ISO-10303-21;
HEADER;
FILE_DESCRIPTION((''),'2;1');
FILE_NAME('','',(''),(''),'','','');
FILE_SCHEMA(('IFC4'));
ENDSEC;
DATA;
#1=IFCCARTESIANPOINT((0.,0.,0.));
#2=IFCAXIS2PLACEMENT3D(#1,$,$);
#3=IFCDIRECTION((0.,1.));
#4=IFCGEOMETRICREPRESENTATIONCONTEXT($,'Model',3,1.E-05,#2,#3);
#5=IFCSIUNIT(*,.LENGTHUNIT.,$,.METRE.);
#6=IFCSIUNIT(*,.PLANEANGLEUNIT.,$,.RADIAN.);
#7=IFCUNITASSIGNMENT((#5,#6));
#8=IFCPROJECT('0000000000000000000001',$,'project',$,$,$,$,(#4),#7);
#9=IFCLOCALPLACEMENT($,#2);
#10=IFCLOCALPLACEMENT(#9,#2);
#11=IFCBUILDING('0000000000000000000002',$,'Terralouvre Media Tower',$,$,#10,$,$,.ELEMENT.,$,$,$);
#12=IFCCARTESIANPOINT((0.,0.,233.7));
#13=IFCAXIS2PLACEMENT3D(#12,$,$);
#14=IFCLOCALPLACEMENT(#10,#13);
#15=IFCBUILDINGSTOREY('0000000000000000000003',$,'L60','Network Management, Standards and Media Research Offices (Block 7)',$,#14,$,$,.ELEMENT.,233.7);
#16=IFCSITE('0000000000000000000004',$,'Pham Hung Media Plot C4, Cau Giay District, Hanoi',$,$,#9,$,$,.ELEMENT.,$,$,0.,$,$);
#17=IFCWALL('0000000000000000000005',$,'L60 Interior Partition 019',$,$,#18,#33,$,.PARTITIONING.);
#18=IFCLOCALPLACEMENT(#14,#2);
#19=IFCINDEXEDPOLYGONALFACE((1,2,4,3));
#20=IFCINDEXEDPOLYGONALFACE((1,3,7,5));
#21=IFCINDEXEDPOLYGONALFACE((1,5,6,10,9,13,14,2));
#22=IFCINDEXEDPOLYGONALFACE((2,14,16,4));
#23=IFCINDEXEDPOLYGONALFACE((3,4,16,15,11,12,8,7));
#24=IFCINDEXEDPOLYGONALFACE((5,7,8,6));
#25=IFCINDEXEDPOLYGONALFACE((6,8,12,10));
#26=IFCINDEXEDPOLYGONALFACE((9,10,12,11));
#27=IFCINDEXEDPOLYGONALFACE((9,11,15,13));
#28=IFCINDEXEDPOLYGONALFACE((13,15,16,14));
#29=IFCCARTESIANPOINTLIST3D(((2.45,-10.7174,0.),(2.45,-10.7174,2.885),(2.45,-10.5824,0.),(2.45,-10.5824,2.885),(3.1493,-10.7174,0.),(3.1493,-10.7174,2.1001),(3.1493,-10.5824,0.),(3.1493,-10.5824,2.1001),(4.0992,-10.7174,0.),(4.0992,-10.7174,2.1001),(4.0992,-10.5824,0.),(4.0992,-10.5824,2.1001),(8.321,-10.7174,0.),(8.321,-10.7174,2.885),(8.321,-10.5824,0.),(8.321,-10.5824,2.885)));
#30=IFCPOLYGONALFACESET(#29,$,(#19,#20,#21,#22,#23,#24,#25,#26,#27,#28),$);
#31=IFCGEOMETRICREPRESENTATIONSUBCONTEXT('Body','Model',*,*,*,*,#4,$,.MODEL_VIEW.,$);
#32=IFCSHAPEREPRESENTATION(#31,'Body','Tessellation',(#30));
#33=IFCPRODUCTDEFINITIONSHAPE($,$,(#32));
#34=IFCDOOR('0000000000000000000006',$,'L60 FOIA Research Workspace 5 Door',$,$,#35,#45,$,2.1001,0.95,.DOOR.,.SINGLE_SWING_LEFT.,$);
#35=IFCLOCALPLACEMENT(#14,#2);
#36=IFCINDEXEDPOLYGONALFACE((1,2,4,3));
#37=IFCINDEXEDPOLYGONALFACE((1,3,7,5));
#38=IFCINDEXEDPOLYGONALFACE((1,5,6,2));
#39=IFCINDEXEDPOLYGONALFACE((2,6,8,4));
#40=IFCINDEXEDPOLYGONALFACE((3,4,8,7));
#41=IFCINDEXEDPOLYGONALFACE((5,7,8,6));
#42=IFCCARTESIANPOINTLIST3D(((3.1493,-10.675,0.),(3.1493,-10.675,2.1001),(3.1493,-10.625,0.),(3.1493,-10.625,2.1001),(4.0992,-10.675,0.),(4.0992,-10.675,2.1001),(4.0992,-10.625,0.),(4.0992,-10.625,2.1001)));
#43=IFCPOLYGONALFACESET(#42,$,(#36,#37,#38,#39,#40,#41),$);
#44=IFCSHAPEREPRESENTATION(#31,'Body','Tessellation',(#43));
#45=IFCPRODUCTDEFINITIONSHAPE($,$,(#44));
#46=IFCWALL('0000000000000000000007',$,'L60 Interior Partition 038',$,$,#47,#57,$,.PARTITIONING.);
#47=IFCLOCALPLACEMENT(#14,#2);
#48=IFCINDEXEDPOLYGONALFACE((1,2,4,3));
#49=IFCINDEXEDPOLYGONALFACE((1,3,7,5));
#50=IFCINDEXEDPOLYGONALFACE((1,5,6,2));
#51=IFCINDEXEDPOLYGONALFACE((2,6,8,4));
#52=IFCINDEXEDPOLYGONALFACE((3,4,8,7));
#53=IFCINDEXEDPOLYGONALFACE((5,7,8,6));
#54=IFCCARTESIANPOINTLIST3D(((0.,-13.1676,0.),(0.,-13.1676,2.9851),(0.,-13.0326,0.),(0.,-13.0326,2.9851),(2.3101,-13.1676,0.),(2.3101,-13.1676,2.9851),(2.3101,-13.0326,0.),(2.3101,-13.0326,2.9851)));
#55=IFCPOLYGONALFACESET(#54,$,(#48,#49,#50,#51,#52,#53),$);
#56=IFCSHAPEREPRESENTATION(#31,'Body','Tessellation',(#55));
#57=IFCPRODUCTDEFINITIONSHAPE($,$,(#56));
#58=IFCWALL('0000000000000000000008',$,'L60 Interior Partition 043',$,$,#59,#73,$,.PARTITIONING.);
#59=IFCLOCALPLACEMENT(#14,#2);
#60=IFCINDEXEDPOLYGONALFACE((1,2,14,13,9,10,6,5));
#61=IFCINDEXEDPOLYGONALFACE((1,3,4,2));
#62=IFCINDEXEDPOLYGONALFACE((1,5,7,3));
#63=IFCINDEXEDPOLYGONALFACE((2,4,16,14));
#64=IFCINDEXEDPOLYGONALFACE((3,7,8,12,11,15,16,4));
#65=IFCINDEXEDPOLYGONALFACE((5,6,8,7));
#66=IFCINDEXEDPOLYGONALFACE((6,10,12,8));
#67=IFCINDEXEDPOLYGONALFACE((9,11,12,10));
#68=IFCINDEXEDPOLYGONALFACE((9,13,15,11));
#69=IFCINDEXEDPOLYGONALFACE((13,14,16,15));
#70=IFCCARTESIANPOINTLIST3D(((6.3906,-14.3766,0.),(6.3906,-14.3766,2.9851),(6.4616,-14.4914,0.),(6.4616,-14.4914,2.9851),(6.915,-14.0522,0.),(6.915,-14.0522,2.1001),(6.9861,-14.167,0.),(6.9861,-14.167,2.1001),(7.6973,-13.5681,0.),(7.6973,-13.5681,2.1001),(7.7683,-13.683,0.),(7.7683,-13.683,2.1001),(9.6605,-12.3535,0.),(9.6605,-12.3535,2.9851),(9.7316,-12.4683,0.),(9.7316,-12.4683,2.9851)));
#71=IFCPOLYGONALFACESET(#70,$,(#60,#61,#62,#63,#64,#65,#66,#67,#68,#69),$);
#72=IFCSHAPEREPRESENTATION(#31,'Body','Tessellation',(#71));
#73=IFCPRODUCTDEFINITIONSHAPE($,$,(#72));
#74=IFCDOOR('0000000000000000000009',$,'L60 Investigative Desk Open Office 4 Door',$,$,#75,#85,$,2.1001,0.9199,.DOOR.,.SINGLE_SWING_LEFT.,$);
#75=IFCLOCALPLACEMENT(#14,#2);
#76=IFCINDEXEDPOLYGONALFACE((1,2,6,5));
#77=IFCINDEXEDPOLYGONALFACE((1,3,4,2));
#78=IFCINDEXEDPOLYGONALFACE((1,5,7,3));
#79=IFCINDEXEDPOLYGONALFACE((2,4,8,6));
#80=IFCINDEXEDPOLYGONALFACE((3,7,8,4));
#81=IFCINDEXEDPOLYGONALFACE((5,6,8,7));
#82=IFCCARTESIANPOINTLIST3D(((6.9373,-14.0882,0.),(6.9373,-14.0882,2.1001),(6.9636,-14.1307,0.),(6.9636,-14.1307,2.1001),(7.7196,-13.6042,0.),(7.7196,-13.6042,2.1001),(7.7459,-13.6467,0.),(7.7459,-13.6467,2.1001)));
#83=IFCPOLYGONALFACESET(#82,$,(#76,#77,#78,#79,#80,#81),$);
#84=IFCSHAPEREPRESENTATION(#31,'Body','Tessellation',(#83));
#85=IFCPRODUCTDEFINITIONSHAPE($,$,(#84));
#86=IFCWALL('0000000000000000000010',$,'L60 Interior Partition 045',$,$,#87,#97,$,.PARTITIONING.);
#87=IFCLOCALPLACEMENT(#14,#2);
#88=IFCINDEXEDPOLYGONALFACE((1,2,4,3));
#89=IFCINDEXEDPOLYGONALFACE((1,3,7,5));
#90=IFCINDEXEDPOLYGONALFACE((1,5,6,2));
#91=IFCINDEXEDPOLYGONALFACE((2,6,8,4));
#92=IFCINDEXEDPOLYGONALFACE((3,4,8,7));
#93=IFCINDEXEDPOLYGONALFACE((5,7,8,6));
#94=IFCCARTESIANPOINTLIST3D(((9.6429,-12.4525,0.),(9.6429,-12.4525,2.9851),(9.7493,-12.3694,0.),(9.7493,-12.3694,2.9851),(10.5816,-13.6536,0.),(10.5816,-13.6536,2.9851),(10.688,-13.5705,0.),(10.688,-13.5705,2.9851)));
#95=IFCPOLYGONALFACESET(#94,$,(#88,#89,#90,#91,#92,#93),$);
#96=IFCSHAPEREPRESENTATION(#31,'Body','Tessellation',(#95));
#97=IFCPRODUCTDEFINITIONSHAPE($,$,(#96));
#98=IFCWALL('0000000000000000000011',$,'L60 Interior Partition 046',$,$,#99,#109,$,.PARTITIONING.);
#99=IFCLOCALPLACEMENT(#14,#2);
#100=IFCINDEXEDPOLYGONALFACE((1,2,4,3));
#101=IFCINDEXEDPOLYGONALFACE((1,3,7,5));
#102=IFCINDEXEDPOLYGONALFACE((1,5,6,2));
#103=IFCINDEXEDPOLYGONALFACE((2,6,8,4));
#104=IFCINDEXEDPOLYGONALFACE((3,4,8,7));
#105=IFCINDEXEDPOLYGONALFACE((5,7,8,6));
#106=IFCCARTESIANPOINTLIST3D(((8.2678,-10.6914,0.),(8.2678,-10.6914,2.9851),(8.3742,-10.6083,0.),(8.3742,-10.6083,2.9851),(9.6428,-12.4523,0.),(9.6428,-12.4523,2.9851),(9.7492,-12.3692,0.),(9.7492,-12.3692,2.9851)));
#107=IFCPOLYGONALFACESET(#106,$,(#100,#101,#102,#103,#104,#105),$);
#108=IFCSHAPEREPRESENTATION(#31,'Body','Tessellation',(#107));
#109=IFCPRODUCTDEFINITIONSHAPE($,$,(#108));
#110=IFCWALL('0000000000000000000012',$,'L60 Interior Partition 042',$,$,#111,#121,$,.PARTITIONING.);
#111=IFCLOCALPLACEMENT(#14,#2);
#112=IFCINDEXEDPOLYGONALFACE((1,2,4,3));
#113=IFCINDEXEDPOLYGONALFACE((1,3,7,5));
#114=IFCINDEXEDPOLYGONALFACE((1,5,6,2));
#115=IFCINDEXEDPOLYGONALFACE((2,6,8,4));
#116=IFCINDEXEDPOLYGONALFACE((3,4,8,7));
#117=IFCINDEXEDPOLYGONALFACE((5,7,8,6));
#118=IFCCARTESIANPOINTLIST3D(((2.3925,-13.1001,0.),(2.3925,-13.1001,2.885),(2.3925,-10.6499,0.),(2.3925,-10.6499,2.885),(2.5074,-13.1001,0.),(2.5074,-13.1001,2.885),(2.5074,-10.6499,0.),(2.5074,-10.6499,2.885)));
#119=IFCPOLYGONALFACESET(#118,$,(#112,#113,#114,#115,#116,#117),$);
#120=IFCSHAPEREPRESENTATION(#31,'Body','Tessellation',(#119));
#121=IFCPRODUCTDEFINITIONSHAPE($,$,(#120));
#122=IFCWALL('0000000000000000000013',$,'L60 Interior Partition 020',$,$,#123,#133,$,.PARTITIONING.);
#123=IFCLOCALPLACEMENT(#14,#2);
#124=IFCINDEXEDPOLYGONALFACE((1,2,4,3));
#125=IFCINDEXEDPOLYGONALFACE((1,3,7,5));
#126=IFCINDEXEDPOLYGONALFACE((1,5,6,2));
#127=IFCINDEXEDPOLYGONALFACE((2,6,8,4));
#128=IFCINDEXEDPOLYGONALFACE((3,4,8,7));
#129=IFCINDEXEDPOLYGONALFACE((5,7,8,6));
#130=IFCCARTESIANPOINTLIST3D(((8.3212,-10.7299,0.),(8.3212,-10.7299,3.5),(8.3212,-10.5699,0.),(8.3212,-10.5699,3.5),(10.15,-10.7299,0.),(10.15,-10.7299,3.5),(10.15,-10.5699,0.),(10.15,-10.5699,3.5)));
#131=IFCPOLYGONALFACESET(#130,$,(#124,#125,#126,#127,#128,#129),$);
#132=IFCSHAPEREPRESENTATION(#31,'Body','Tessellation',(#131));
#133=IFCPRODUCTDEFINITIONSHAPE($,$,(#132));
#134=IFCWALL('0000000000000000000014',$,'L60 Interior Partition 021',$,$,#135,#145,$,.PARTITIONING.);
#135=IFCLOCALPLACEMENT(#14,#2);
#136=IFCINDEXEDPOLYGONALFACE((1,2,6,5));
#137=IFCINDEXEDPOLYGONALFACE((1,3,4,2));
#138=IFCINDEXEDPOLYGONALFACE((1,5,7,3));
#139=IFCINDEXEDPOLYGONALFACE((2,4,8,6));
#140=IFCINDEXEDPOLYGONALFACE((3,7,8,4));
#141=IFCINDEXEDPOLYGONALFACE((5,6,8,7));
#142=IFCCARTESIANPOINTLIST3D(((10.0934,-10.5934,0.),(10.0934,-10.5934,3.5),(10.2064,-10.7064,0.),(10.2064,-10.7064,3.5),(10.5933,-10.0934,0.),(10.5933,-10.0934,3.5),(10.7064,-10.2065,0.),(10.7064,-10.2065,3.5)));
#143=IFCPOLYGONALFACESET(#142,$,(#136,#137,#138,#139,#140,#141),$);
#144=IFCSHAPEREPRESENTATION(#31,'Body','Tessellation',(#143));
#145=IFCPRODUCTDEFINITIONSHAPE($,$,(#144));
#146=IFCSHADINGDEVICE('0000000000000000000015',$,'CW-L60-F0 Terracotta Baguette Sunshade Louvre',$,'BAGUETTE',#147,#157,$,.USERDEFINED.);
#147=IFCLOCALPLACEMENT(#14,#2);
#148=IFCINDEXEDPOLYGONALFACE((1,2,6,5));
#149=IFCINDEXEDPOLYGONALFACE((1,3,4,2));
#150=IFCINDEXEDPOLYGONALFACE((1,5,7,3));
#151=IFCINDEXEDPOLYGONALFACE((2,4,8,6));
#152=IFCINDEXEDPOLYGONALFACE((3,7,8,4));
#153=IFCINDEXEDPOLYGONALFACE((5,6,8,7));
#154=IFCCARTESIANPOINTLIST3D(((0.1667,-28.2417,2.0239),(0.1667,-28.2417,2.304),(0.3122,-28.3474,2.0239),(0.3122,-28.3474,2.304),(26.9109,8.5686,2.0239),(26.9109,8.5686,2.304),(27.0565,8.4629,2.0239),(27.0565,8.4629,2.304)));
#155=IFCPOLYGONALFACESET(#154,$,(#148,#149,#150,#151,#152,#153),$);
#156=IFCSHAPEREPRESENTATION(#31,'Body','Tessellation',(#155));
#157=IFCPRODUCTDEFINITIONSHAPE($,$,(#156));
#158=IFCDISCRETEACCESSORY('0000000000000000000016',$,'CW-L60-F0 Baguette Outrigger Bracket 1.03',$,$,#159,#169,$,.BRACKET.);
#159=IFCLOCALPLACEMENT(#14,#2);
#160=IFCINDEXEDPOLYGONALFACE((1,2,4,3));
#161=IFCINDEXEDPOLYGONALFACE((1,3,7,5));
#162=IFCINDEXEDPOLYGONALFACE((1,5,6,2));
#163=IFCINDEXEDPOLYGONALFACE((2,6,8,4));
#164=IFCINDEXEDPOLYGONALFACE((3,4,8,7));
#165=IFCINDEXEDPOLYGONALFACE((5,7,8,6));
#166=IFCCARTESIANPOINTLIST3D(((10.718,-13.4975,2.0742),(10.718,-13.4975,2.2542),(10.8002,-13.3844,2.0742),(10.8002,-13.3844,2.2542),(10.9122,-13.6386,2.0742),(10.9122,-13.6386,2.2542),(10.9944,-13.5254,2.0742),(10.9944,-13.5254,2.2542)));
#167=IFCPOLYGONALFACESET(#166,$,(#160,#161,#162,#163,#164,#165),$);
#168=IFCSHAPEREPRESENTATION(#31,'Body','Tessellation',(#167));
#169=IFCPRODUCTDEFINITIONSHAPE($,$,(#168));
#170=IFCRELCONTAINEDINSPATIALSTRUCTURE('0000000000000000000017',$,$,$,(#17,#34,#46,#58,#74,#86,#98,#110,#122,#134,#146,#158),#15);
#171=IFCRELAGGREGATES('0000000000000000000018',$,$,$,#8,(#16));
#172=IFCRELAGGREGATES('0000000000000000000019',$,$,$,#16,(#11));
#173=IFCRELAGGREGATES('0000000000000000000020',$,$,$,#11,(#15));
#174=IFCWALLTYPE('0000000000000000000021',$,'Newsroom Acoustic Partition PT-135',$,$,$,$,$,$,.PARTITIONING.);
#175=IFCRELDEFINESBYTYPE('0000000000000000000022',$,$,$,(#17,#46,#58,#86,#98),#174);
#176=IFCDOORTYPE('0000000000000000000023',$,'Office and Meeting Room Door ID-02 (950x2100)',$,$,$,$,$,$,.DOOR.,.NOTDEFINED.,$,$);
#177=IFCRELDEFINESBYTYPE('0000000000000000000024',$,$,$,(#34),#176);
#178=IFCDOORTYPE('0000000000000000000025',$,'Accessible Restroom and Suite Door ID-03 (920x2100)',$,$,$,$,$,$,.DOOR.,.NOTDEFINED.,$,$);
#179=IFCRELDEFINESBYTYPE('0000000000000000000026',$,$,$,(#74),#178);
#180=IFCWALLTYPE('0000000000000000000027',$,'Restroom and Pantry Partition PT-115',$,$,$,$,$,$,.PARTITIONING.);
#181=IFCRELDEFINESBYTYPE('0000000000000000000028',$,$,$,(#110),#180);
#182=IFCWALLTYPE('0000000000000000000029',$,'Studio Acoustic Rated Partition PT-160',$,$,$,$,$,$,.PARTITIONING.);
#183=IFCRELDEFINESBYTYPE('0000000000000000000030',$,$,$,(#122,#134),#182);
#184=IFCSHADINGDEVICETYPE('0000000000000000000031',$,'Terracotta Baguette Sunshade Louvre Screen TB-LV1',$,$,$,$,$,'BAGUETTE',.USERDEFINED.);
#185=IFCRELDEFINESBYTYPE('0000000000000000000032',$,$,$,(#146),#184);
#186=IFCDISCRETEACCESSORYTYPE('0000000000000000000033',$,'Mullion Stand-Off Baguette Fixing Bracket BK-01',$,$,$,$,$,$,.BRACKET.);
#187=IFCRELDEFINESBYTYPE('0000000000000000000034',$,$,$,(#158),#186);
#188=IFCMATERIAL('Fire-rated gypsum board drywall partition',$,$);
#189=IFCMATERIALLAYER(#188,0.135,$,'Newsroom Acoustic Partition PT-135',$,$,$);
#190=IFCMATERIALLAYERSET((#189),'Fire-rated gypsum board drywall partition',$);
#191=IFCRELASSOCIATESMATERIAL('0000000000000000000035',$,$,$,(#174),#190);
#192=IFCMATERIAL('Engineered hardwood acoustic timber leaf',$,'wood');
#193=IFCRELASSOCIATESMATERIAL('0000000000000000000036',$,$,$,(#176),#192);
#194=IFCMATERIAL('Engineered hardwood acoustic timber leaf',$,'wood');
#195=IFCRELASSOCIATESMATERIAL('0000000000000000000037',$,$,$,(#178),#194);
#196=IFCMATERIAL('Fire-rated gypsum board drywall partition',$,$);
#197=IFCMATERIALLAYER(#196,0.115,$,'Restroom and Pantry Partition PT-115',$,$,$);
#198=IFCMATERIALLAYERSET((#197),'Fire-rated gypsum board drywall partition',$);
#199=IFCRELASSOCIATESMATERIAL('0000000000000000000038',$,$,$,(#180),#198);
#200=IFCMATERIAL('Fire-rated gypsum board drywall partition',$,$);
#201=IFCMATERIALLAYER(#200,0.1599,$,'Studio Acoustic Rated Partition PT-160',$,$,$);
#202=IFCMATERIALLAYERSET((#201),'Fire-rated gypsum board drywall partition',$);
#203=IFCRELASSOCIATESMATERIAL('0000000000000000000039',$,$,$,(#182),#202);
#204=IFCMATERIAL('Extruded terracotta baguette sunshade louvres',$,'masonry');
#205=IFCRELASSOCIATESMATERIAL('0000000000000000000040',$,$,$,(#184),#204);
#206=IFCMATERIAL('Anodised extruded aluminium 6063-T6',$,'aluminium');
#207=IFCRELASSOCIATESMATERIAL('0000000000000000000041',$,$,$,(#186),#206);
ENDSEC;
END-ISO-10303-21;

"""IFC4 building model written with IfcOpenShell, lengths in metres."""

from ifc_helpers import new_model, si_unit, direction, frame, frame_2d, origin, origin_2d, place, context, subcontext, project, spatial, rectangle, extrude, material, layer, layer_set, type_object, element, fill, save


model = new_model("IFC4")

# Units and contexts
model_context = context("Model", 3, precision=1e-05, world=origin(), true_north=direction((0.0, 1.0)))
body_context = subcontext(model_context, "Body", "Model", "MODEL_VIEW")
ifc_project = project(units=[si_unit("LENGTHUNIT", "METRE"), si_unit("PLANEANGLEUNIT", "RADIAN")], contexts=[model_context])

# Site, building, storey
site_placement = place(None, origin())
site = spatial("IfcSite", under=ifc_project, at=site_placement, Name="Pham Hung Media Plot C4, Cau Giay District, Hanoi", CompositionType="ELEMENT", RefElevation=0.0)
building_placement = place(site_placement, origin())
building = spatial("IfcBuilding", under=site, at=building_placement, Name="Terralouvre Media Tower", CompositionType="ELEMENT")
storey_placement = place(building_placement, frame((0.0, 0.0, 233.7)))
storey = spatial("IfcBuildingStorey", under=building, at=storey_placement, Name="L60", Description="Network Management, Standards and Media Research Offices (Block 7)", CompositionType="ELEMENT", Elevation=233.7)

# Wall, opening, door
ifc_material_1 = material(Name="Fire-rated gypsum board drywall partition")
ifc_layer_1 = layer(ifc_material_1, 0.135, Name="Newsroom Acoustic Partition PT-135")
ifc_layer_set_1 = layer_set([ifc_layer_1], Name="Fire-rated gypsum board drywall partition")
wall_type_1 = type_object("IfcWallType", Name="Newsroom Acoustic Partition PT-135", PredefinedType="PARTITIONING", material=ifc_layer_set_1)
wall_1_placement = place(storey_placement, frame((2.45, -10.6499, 0.0), z_axis=(0.0, 0.0, 1.0), x_axis=(1.0, 0.0, 0.0)))
wall_1 = element("IfcWall", 1, at=wall_1_placement, inside=storey, type_object=wall_type_1, Name="L60 Interior Partition 019", PredefinedType="PARTITIONING", context=body_context, shape_type="SweptSolid", body=[
    extrude(rectangle(XDim=5.8711, YDim=0.135, at=frame_2d((2.9355, 0.0))), origin(), (0.0, 0.0, 1.0), 2.885),
])
opening_1_placement = place(wall_1_placement, frame((0.6992, 0.0, 0.0)))
opening_1 = element("IfcOpeningElement", 2, at=opening_1_placement, cuts=wall_1, PredefinedType="OPENING", context=body_context, shape_type="SweptSolid", body=[
    extrude(rectangle(XDim=0.95, YDim=2.1001, at=frame_2d((0.4751, 1.05))), frame((0.0, 0.0774, 0.0), z_axis=(0.0, -1.0, 0.0), x_axis=(1.0, 0.0, 0.0)), (0.0, 0.0, 1.0), 0.155),
])
ifc_material_2 = material(Name="Engineered hardwood acoustic timber leaf", Category="wood")
door_type_1 = type_object("IfcDoorType", Name="Office and Meeting Room Door ID-02 (950x2100)", OperationType="NOTDEFINED", PredefinedType="DOOR", material=ifc_material_2)
door_1_placement = place(opening_1_placement, origin())
door_1 = element("IfcDoor", 3, at=door_1_placement, inside=storey, type_object=door_type_1, Name="L60 FOIA Research Workspace 5 Door", OperationType="SINGLE_SWING_LEFT", OverallHeight=2.1001, OverallWidth=0.95, PredefinedType="DOOR", context=body_context, shape_type="SweptSolid", body=[
    extrude(rectangle(XDim=0.95, YDim=2.1001, at=frame_2d((0.4751, 1.05))), frame((0.0, 0.0249, 0.0), z_axis=(0.0, -1.0, 0.0), x_axis=(1.0, 0.0, 0.0)), (0.0, 0.0, 1.0), 0.05),
])
fill(opening_1, door_1)

# Wall
wall_2_placement = place(storey_placement, frame((2.3101, -13.1001, 0.0), z_axis=(0.0, 0.0, 1.0), x_axis=(-1.0, 0.0, 0.0)))
element("IfcWall", 4, at=wall_2_placement, inside=storey, type_object=wall_type_1, Name="L60 Interior Partition 038", PredefinedType="PARTITIONING", context=body_context, shape_type="SweptSolid", body=[
    extrude(rectangle(XDim=2.3101, YDim=0.135, at=frame_2d((1.155, 0.0))), origin(), (0.0, 0.0, 1.0), 2.9851),
])

# Wall, opening, door
wall_3_placement = place(storey_placement, frame((9.696, -12.4109, 0.0), z_axis=(0.0, 0.0, 1.0), x_axis=(-0.850394, -0.526147, 0.0)))
wall_3 = element("IfcWall", 5, at=wall_3_placement, inside=storey, type_object=wall_type_1, Name="L60 Interior Partition 043", PredefinedType="PARTITIONING", context=body_context, shape_type="SweptSolid", body=[
    extrude(rectangle(XDim=3.8452, YDim=0.135, at=frame_2d((1.9226, 0.0))), origin(), (0.0, 0.0, 1.0), 2.9851),
])
opening_2_placement = place(wall_3_placement, frame((2.3086, 0.0, 0.0)))
opening_2 = element("IfcOpeningElement", 6, at=opening_2_placement, cuts=wall_3, PredefinedType="OPENING", context=body_context, shape_type="SweptSolid", body=[
    extrude(rectangle(XDim=0.9199, YDim=2.1001, at=frame_2d((0.46, 1.05))), frame((0.0, 0.0774, 0.0), z_axis=(0.0, -1.0, 0.0), x_axis=(1.0, 0.0, 0.0)), (0.0, 0.0, 1.0), 0.155),
])
ifc_material_3 = material(Name="Engineered hardwood acoustic timber leaf", Category="wood")
door_type_2 = type_object("IfcDoorType", Name="Accessible Restroom and Suite Door ID-03 (920x2100)", OperationType="NOTDEFINED", PredefinedType="DOOR", material=ifc_material_3)
door_2_placement = place(opening_2_placement, origin())
door_2 = element("IfcDoor", 7, at=door_2_placement, inside=storey, type_object=door_type_2, Name="L60 Investigative Desk Open Office 4 Door", OperationType="SINGLE_SWING_LEFT", OverallHeight=2.1001, OverallWidth=0.9199, PredefinedType="DOOR", context=body_context, shape_type="SweptSolid", body=[
    extrude(rectangle(XDim=0.9199, YDim=2.1001, at=frame_2d((0.46, 1.05))), frame((0.0, 0.0249, 0.0), z_axis=(0.0, -1.0, 0.0), x_axis=(1.0, 0.0, 0.0)), (0.0, 0.0, 1.0), 0.05),
])
fill(opening_2, door_2)

# Walls
wall_4_placement = place(storey_placement, frame((10.6348, -13.6121, 0.0), z_axis=(0.0, 0.0, 1.0), x_axis=(-0.615768, 0.787927, 0.0)))
element("IfcWall", 8, at=wall_4_placement, inside=storey, type_object=wall_type_1, Name="L60 Interior Partition 045", PredefinedType="PARTITIONING", context=body_context, shape_type="SweptSolid", body=[
    extrude(rectangle(XDim=1.5244, YDim=0.135, at=frame_2d((0.7622, 0.0))), origin(), (0.0, 0.0, 1.0), 2.9851),
])
wall_5_placement = place(storey_placement, frame((9.696, -12.4109, 0.0), z_axis=(0.0, 0.0, 1.0), x_axis=(-0.61543, 0.788192, 0.0)))
element("IfcWall", 9, at=wall_5_placement, inside=storey, type_object=wall_type_1, Name="L60 Interior Partition 046", PredefinedType="PARTITIONING", context=body_context, shape_type="SweptSolid", body=[
    extrude(rectangle(XDim=2.2341, YDim=0.135, at=frame_2d((1.1172, 0.0))), origin(), (0.0, 0.0, 1.0), 2.9851),
])
ifc_material_4 = material(Name="Fire-rated gypsum board drywall partition")
ifc_layer_2 = layer(ifc_material_4, 0.115, Name="Restroom and Pantry Partition PT-115")
ifc_layer_set_2 = layer_set([ifc_layer_2], Name="Fire-rated gypsum board drywall partition")
wall_type_2 = type_object("IfcWallType", Name="Restroom and Pantry Partition PT-115", PredefinedType="PARTITIONING", material=ifc_layer_set_2)
wall_6_placement = place(storey_placement, frame((2.45, -13.1001, 0.0), z_axis=(0.0, 0.0, 1.0), x_axis=(0.0, 1.0, 0.0)))
element("IfcWall", 10, at=wall_6_placement, inside=storey, type_object=wall_type_2, Name="L60 Interior Partition 042", PredefinedType="PARTITIONING", context=body_context, shape_type="SweptSolid", body=[
    extrude(rectangle(XDim=2.4502, YDim=0.115, at=frame_2d((1.2251, 0.0))), origin(), (0.0, 0.0, 1.0), 2.885),
])
ifc_material_5 = material(Name="Fire-rated gypsum board drywall partition")
ifc_layer_3 = layer(ifc_material_5, 0.1599, Name="Studio Acoustic Rated Partition PT-160")
ifc_layer_set_3 = layer_set([ifc_layer_3], Name="Fire-rated gypsum board drywall partition")
wall_type_3 = type_object("IfcWallType", Name="Studio Acoustic Rated Partition PT-160", PredefinedType="PARTITIONING", material=ifc_layer_set_3)
wall_7_placement = place(storey_placement, frame((8.321, -10.6499, 0.0), z_axis=(0.0, 0.0, 1.0), x_axis=(1.0, 0.0, 0.0)))
element("IfcWall", 11, at=wall_7_placement, inside=storey, type_object=wall_type_3, Name="L60 Interior Partition 020", PredefinedType="PARTITIONING", context=body_context, shape_type="SweptSolid", body=[
    extrude(rectangle(XDim=1.8289, YDim=0.1599, at=frame_2d((0.9146, 0.0))), origin(), (0.0, 0.0, 1.0), 3.5),
])
wall_8_placement = place(storey_placement, frame((10.1499, -10.6499, 0.0), z_axis=(0.0, 0.0, 1.0), x_axis=(0.707107, 0.707107, 0.0)))
element("IfcWall", 12, at=wall_8_placement, inside=storey, type_object=wall_type_3, Name="L60 Interior Partition 021", PredefinedType="PARTITIONING", context=body_context, shape_type="SweptSolid", body=[
    extrude(rectangle(XDim=0.707, YDim=0.1599, at=frame_2d((0.3535, 0.0))), origin(), (0.0, 0.0, 1.0), 3.5),
])

# Shading device
ifc_material_6 = material(Name="Extruded terracotta baguette sunshade louvres", Category="masonry")
shading_device_type = type_object("IfcShadingDeviceType", Name="Terracotta Baguette Sunshade Louvre Screen TB-LV1", ElementType="BAGUETTE", PredefinedType="USERDEFINED", material=ifc_material_6)
shading_device_placement = place(storey_placement, frame((13.6116, -9.8894, 2.0239), z_axis=(0.0, 0.0, 1.0), x_axis=(0.587785, 0.809017, 0.0)))
element("IfcShadingDevice", 13, at=shading_device_placement, inside=storey, type_object=shading_device_type, Name="CW-L60-F0 Terracotta Baguette Sunshade Louvre", ObjectType="BAGUETTE", PredefinedType="USERDEFINED", context=body_context, shape_type="SweptSolid", body=[
    extrude(rectangle(XDim=45.5, YDim=0.1799, at=origin_2d()), origin(), (0.0, 0.0, 1.0), 0.28),
])

# Discrete accessory
ifc_material_7 = material(Name="Anodised extruded aluminium 6063-T6", Category="aluminium")
discrete_accessory_type = type_object("IfcDiscreteAccessoryType", Name="Mullion Stand-Off Baguette Fixing Bracket BK-01", PredefinedType="BRACKET", material=ifc_material_7)
discrete_accessory_placement = place(storey_placement, frame((10.8562, -13.5115, 2.0742), z_axis=(0.0, 0.0, 1.0), x_axis=(0.587785, 0.809017, 0.0)))
element("IfcDiscreteAccessory", 14, at=discrete_accessory_placement, inside=storey, type_object=discrete_accessory_type, Name="CW-L60-F0 Baguette Outrigger Bracket 1.03", PredefinedType="BRACKET", context=body_context, shape_type="SweptSolid", body=[
    extrude(rectangle(XDim=0.1399, YDim=0.24, at=origin_2d()), origin(), (0.0, 0.0, 1.0), 0.1799),
])

save(model, "model.ifc")
